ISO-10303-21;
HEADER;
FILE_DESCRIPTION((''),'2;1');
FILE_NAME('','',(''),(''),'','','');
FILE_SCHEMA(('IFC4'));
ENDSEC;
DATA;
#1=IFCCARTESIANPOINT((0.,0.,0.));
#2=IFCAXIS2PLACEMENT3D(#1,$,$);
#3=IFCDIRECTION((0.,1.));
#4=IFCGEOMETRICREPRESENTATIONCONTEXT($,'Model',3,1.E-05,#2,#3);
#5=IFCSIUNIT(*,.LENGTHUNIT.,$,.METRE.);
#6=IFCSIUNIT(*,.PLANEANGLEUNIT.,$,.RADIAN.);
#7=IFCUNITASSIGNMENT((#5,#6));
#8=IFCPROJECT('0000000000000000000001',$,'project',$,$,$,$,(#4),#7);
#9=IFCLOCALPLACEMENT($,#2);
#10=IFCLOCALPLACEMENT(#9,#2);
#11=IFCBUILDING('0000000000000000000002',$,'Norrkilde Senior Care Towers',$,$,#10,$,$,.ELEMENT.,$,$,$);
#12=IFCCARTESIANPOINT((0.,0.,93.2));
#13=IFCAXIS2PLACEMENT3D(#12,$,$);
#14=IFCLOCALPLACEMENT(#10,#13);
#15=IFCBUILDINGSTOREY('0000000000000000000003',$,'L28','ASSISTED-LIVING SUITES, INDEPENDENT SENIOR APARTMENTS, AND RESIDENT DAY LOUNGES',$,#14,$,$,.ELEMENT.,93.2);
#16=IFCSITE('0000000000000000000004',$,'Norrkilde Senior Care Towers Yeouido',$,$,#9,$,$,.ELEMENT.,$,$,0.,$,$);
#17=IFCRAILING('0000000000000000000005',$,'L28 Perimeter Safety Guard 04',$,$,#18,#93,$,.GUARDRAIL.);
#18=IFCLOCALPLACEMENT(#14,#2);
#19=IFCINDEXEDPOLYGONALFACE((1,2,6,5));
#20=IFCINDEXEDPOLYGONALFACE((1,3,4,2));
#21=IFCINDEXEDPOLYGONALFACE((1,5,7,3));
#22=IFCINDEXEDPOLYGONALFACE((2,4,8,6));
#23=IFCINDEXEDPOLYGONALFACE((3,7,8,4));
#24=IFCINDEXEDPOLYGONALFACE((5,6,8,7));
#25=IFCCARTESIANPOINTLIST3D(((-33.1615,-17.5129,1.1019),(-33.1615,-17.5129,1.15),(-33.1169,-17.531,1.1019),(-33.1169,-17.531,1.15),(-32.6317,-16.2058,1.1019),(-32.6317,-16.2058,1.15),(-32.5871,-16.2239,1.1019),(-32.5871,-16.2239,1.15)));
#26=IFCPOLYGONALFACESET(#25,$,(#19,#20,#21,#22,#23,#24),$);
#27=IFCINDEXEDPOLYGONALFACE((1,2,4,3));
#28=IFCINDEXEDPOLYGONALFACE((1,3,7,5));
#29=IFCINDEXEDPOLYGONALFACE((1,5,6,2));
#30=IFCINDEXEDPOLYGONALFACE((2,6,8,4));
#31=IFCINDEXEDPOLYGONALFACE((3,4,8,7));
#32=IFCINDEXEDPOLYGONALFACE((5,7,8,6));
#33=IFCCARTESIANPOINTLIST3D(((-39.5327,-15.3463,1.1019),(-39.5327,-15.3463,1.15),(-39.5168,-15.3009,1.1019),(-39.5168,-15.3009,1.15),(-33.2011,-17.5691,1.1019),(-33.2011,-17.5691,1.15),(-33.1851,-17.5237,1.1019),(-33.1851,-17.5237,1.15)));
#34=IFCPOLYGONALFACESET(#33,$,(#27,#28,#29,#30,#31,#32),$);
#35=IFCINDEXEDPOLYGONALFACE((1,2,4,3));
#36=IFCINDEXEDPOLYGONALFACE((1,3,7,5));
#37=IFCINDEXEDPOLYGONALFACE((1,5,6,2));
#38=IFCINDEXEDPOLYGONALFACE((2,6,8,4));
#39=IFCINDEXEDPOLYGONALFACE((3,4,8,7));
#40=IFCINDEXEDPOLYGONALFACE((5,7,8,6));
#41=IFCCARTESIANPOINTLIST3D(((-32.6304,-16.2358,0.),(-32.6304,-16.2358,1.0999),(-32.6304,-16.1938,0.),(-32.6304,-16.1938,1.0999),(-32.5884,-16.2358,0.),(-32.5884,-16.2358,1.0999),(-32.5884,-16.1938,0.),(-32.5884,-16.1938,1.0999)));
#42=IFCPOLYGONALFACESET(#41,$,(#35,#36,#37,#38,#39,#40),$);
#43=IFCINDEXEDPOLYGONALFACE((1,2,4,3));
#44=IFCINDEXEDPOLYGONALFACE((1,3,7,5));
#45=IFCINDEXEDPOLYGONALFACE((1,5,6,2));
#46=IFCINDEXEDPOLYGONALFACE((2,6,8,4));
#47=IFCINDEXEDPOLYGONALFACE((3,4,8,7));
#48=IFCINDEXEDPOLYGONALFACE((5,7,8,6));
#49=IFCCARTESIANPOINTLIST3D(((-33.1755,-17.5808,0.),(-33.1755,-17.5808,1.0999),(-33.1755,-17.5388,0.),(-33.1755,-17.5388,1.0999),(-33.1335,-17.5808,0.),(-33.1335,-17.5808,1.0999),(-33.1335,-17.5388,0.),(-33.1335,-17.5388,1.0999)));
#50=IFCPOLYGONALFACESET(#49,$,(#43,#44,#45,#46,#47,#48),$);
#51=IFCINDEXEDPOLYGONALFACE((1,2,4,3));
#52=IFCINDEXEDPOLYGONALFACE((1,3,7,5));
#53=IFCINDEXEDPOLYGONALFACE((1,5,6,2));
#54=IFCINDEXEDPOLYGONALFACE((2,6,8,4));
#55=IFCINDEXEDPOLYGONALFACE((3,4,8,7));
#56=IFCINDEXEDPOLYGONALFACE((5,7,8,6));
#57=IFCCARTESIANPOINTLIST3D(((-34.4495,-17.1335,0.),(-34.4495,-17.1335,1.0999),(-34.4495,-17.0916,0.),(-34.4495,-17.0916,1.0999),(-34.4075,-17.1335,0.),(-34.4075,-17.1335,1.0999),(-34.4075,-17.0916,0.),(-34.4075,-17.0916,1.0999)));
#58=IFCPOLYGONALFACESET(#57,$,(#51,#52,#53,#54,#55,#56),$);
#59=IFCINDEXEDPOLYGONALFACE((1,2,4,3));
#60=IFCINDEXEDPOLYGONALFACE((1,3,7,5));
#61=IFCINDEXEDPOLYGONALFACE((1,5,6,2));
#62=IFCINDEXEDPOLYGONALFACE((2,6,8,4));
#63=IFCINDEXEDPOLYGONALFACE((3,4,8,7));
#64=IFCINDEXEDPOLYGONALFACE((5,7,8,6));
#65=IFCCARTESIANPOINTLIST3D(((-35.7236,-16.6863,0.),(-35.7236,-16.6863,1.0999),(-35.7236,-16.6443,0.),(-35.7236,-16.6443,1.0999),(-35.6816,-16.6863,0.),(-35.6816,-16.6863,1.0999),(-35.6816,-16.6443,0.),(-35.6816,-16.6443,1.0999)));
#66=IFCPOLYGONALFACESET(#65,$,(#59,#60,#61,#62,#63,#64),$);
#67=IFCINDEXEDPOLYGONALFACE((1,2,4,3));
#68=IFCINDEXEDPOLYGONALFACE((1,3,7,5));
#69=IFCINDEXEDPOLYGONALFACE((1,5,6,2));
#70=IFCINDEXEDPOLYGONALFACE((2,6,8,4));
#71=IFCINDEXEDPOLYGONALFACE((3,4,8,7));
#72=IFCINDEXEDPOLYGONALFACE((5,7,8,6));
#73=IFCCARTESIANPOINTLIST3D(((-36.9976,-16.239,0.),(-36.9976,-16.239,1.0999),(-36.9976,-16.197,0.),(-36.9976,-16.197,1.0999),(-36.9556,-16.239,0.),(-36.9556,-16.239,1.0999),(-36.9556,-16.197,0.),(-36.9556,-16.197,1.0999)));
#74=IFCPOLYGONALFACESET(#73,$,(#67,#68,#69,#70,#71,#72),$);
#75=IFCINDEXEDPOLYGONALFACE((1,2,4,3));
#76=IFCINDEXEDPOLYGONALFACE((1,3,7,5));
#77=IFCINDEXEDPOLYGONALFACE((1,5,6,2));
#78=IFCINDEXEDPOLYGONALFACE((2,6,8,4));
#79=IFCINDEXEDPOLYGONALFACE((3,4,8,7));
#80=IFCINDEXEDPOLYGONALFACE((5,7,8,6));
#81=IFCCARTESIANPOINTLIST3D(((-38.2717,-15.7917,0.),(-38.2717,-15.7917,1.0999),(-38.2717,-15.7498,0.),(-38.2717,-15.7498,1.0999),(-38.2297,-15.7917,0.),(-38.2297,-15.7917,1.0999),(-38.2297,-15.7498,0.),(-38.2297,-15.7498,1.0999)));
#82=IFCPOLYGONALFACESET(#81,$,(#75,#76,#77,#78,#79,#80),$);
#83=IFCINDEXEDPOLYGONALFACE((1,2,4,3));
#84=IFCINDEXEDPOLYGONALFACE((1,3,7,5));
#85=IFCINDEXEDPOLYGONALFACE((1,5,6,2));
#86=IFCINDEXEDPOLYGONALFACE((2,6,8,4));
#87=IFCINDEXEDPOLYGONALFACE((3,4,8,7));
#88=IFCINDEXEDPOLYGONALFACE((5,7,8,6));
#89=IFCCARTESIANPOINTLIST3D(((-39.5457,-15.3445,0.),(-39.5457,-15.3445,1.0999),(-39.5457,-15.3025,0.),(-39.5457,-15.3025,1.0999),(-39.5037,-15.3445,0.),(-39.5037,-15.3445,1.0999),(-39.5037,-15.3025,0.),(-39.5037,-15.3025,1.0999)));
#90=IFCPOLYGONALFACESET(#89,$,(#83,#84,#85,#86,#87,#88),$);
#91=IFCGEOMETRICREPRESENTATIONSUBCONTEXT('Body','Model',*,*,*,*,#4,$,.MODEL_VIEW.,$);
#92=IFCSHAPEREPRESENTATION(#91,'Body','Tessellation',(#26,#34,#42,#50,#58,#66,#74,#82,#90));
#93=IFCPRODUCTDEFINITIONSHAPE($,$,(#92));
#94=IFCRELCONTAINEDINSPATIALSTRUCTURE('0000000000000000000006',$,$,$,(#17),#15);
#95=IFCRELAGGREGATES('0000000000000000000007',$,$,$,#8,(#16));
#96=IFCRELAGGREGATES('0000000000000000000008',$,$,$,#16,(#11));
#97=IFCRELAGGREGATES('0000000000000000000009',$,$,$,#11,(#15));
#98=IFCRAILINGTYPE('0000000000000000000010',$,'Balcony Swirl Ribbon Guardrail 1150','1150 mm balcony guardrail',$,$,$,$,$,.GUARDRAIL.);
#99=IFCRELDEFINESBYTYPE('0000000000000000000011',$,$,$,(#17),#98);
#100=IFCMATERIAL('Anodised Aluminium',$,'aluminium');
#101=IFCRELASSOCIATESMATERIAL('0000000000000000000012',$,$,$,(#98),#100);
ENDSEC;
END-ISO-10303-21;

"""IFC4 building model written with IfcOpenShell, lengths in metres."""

from ifc_helpers import new_model, si_unit, direction, frame, origin, origin_2d, place, context, subcontext, project, spatial, rectangle, extrude, material, type_object, element, save


model = new_model("IFC4")

# Units and contexts
model_context = context("Model", 3, precision=1e-05, world=origin(), true_north=direction((0.0, 1.0)))
body_context = subcontext(model_context, "Body", "Model", "MODEL_VIEW")
ifc_project = project(units=[si_unit("LENGTHUNIT", "METRE"), si_unit("PLANEANGLEUNIT", "RADIAN")], contexts=[model_context])

# Site, building, storey
site_placement = place(None, origin())
site = spatial("IfcSite", under=ifc_project, at=site_placement, Name="Norrkilde Senior Care Towers Yeouido", CompositionType="ELEMENT", RefElevation=0.0)
building_placement = place(site_placement, origin())
building = spatial("IfcBuilding", under=site, at=building_placement, Name="Norrkilde Senior Care Towers", CompositionType="ELEMENT")
storey_placement = place(building_placement, frame((0.0, 0.0, 93.2)))
storey = spatial("IfcBuildingStorey", under=building, at=storey_placement, Name="L28", Description="ASSISTED-LIVING SUITES, INDEPENDENT SENIOR APARTMENTS, AND RESIDENT DAY LOUNGES", CompositionType="ELEMENT", Elevation=93.2)

# Shared definitions
ifc_material_1 = material(Name="Anodised Aluminium", Category="aluminium")

# Railing
railing_type = type_object("IfcRailingType", Name="Balcony Swirl Ribbon Guardrail 1150", Description="1150 mm balcony guardrail", PredefinedType="GUARDRAIL", material=ifc_material_1)
railing_1_placement = place(storey_placement, frame((-32.6094, -16.2148, 0.0)))
element("IfcRailing", 1, at=railing_1_placement, inside=storey, type_object=railing_type, Name="L28 Perimeter Safety Guard 04", PredefinedType="GUARDRAIL", context=body_context, shape_type="SweptSolid", body=[
    extrude(rectangle(XDim=0.0481, YDim=0.0481, at=origin_2d()), frame((0.0, 0.0, 1.126), z_axis=(-0.37565, -0.926761, 0.0), x_axis=(0.926761, -0.37565, 0.0)), (0.0, 0.0, 1.0), 1.4104),
    extrude(rectangle(XDim=0.0481, YDim=0.0481, at=origin_2d()), frame((-0.5837, -1.3315, 1.126), z_axis=(-0.943544, 0.331246, 0.0), x_axis=(-0.331246, -0.943544, 0.0)), (0.0, 0.0, 1.0), 6.7104),
    extrude(rectangle(XDim=0.042, YDim=0.042, at=origin_2d()), origin(), (0.0, 0.0, 1.0), 1.0999),
    extrude(rectangle(XDim=0.042, YDim=0.042, at=origin_2d()), frame((-0.5452, -1.345, 0.0)), (0.0, 0.0, 1.0), 1.0999),
    extrude(rectangle(XDim=0.042, YDim=0.042, at=origin_2d()), frame((-1.8191, -0.8977, 0.0)), (0.0, 0.0, 1.0), 1.0999),
    extrude(rectangle(XDim=0.042, YDim=0.042, at=origin_2d()), frame((-3.0933, -0.4504, 0.0)), (0.0, 0.0, 1.0), 1.0999),
    extrude(rectangle(XDim=0.042, YDim=0.042, at=origin_2d()), frame((-4.3672, -0.0032, 0.0)), (0.0, 0.0, 1.0), 1.0999),
    extrude(rectangle(XDim=0.042, YDim=0.042, at=origin_2d()), frame((-5.6414, 0.4441, 0.0)), (0.0, 0.0, 1.0), 1.0999),
    extrude(rectangle(XDim=0.042, YDim=0.042, at=origin_2d()), frame((-6.9153, 0.8914, 0.0)), (0.0, 0.0, 1.0), 1.0999),
])

save(model, "model.ifc")
